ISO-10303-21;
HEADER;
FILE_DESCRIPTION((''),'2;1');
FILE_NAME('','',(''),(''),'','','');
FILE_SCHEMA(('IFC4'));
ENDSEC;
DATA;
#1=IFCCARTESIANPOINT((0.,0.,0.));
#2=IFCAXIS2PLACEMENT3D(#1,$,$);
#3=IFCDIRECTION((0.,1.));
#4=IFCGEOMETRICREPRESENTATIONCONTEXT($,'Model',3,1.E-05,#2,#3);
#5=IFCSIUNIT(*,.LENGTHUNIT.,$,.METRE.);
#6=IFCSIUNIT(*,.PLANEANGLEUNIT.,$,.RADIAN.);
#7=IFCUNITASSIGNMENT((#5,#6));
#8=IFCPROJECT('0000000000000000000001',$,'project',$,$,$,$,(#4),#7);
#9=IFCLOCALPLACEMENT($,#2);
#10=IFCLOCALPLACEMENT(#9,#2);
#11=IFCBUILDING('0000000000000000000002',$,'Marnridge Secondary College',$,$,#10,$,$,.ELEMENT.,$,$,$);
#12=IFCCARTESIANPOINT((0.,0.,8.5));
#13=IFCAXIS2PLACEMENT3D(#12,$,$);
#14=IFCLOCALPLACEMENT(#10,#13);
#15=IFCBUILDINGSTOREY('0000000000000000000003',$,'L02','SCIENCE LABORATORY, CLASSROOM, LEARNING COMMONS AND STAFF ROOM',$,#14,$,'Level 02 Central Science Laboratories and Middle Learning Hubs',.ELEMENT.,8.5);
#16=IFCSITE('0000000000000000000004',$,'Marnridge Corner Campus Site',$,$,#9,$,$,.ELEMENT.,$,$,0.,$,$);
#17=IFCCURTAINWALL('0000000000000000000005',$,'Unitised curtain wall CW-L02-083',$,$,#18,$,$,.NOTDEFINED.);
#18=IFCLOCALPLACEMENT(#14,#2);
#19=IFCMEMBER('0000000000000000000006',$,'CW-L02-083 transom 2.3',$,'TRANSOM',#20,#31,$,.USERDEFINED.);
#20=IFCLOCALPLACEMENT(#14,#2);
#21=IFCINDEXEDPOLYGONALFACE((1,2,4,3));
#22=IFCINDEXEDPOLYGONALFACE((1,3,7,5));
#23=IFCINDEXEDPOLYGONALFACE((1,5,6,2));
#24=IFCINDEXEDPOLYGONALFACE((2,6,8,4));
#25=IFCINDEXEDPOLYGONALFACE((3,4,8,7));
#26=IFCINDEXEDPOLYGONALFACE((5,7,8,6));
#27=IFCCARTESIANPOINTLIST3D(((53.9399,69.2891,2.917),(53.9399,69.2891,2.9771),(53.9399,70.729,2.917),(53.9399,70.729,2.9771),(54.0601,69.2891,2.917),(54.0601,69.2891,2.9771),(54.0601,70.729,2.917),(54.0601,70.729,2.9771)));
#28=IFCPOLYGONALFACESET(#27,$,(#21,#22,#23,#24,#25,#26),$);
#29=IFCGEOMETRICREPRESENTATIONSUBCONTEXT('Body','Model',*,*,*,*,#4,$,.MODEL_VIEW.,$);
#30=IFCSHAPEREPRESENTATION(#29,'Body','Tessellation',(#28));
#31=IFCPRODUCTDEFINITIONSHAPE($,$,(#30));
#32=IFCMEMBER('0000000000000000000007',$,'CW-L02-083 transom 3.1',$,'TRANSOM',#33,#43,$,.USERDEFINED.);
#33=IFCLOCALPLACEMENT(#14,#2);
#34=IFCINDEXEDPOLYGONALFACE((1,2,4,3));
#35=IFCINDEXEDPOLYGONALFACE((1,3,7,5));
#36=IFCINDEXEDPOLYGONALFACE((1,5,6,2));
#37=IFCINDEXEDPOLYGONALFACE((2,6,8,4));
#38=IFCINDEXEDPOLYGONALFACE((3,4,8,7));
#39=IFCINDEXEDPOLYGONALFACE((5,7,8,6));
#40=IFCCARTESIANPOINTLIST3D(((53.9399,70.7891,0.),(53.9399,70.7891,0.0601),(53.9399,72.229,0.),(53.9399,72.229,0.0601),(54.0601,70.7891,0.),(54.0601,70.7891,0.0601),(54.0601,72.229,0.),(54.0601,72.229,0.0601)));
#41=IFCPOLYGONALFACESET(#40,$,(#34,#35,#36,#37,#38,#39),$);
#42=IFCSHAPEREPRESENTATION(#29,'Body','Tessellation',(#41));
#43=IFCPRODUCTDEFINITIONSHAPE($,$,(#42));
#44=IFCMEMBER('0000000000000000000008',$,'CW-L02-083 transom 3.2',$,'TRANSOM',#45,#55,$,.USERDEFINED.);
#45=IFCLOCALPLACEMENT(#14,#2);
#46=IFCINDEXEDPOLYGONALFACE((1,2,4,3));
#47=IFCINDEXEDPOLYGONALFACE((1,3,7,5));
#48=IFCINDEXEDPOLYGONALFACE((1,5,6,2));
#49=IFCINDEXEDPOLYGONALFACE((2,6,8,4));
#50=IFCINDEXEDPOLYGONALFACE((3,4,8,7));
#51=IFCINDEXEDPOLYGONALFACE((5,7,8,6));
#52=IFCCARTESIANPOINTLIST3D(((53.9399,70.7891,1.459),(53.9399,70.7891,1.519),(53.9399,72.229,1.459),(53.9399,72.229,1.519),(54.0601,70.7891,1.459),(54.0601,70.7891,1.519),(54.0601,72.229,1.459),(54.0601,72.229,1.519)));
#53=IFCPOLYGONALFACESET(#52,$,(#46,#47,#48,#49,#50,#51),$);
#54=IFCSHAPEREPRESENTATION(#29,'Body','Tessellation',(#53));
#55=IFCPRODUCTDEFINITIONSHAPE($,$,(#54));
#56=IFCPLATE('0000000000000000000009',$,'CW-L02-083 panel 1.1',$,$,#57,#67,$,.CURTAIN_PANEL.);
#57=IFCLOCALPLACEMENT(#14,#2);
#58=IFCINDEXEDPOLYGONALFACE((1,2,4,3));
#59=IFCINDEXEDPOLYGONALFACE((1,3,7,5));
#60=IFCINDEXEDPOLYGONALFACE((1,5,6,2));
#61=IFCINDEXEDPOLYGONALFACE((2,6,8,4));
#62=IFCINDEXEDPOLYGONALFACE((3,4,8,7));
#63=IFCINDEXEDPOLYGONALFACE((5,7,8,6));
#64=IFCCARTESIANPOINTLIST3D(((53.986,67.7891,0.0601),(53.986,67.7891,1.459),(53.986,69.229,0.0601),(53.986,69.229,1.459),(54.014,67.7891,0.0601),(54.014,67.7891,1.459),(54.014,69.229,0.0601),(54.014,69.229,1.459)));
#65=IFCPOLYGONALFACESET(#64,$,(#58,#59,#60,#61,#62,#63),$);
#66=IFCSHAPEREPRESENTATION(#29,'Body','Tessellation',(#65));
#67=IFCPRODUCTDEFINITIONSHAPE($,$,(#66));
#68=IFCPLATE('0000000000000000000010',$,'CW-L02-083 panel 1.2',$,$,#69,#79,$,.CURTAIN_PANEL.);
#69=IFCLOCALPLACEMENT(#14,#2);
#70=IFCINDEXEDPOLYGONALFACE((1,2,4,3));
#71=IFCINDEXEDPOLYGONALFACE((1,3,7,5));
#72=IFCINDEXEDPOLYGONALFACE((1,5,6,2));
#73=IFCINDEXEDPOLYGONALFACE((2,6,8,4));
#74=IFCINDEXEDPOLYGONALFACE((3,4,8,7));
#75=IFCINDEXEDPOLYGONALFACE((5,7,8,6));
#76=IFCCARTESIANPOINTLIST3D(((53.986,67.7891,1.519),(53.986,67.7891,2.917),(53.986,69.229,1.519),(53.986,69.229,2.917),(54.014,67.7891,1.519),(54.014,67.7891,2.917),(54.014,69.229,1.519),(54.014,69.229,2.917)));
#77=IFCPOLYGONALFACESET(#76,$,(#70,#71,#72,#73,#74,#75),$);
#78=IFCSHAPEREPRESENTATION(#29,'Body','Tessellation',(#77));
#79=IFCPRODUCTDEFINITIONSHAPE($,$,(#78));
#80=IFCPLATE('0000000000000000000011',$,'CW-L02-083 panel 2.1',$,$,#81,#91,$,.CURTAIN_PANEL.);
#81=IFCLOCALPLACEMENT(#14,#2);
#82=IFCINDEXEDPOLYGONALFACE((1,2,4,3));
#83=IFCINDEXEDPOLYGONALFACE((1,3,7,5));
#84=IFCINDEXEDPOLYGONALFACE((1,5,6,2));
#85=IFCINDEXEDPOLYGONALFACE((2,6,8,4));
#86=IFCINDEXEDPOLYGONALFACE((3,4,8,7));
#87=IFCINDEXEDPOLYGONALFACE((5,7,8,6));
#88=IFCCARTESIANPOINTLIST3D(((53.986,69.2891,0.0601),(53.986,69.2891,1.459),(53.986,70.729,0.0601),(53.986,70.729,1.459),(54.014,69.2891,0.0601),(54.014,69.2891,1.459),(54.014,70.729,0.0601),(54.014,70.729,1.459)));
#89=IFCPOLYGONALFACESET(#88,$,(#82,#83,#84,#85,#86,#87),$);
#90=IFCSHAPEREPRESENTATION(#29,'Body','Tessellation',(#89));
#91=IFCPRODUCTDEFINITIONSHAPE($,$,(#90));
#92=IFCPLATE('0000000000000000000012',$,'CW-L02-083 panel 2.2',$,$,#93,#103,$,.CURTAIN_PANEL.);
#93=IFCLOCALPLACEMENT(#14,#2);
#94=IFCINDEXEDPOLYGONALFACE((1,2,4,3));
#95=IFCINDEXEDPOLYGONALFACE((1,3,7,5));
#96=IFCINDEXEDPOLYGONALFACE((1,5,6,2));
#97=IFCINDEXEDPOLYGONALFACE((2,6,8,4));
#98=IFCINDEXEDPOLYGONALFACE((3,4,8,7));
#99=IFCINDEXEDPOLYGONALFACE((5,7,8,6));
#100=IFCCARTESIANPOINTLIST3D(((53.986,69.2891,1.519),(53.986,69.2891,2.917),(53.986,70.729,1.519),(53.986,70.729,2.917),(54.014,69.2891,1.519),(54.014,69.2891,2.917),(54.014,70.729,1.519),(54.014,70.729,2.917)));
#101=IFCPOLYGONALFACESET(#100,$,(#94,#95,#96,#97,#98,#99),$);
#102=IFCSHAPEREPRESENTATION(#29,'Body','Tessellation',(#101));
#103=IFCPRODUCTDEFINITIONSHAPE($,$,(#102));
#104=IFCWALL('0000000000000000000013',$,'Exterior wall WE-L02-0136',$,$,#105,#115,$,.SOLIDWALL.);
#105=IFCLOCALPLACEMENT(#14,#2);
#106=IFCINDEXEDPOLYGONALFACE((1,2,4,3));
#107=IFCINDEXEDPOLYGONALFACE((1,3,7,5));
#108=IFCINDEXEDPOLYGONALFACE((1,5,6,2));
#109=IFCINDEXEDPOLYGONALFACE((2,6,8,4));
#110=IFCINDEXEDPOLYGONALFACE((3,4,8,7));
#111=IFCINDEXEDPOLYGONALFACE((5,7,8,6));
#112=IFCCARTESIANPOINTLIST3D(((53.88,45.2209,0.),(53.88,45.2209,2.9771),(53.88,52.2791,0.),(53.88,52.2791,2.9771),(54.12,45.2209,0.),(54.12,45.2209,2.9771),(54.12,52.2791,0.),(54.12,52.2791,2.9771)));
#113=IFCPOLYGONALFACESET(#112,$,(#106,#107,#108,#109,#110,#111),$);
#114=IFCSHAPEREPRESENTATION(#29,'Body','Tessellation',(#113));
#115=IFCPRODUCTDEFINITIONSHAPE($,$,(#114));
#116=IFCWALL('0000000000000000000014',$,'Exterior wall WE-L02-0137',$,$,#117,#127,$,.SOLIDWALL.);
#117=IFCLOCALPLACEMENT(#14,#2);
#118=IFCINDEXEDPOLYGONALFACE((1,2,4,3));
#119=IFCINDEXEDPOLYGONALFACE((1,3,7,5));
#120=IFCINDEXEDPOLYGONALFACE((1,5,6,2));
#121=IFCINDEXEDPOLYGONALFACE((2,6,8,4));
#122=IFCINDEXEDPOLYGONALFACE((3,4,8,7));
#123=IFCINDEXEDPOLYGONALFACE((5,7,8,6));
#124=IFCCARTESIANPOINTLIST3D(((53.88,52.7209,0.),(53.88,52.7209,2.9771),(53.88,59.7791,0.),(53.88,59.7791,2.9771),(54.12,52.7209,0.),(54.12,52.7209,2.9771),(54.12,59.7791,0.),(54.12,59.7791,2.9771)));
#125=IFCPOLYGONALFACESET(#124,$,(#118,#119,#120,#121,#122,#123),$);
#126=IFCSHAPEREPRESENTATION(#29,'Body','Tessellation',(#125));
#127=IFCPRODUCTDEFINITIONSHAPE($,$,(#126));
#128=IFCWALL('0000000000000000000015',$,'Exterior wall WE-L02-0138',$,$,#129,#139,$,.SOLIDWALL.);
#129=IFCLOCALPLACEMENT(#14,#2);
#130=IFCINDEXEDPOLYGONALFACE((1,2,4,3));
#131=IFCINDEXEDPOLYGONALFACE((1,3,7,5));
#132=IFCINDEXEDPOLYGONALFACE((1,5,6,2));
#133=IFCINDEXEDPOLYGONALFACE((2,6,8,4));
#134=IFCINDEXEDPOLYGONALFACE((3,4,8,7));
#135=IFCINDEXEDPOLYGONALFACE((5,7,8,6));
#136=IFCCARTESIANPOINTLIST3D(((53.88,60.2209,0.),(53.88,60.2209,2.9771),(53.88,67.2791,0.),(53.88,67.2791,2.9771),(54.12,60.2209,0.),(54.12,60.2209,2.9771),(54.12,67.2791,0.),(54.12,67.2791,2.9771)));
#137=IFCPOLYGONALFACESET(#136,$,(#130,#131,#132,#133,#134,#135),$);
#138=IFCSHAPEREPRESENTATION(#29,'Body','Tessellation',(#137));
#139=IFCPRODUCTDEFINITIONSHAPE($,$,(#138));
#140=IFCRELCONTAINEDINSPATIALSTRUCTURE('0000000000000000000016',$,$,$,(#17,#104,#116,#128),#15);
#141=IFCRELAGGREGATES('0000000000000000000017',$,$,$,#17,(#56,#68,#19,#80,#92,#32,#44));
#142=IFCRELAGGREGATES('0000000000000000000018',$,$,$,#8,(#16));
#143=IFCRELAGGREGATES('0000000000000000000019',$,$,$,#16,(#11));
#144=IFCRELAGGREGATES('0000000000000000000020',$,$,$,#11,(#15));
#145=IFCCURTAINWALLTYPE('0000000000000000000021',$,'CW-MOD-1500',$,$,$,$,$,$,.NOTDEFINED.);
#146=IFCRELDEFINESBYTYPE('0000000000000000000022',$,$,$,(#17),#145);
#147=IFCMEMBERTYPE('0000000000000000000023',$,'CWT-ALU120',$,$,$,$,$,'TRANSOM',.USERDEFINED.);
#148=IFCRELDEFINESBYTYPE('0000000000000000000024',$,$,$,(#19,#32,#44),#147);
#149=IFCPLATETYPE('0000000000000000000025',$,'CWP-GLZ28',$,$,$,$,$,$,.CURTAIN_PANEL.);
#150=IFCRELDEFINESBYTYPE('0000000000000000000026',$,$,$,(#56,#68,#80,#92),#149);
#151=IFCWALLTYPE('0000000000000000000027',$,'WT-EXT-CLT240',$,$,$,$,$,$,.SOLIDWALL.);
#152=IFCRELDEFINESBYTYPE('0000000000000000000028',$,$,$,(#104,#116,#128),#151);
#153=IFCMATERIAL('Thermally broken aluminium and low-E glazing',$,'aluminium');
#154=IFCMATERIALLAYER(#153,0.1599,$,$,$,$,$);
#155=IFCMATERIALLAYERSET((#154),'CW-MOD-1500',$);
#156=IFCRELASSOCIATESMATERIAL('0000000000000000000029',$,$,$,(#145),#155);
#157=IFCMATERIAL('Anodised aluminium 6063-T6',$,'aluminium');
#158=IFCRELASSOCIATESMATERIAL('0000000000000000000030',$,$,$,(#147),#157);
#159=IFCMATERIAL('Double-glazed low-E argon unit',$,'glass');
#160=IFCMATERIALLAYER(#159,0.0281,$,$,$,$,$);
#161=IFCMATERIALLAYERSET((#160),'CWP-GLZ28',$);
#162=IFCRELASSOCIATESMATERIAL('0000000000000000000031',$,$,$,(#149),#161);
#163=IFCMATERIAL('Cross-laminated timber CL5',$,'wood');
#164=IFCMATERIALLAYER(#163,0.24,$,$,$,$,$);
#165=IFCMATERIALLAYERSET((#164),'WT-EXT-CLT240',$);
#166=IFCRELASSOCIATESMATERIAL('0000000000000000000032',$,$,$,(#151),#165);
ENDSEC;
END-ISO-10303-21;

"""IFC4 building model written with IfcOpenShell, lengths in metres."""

from ifc_helpers import new_model, si_unit, direction, frame, frame_2d, origin, origin_2d, place, context, subcontext, project, spatial, rectangle, extrude, material, layer, layer_set, material_profile, profile_set, type_object, element, aggregate, save


model = new_model("IFC4")

# Units and contexts
model_context = context("Model", 3, precision=1e-05, world=origin(), true_north=direction((0.0, 1.0)))
body_context = subcontext(model_context, "Body", "Model", "MODEL_VIEW")
ifc_project = project(units=[si_unit("LENGTHUNIT", "METRE"), si_unit("PLANEANGLEUNIT", "RADIAN")], contexts=[model_context])

# Site, building, storey
site_placement = place(None, origin())
site = spatial("IfcSite", under=ifc_project, at=site_placement, Name="Marnridge Corner Campus Site", CompositionType="ELEMENT", RefElevation=0.0)
building_placement = place(site_placement, origin())
building = spatial("IfcBuilding", under=site, at=building_placement, Name="Marnridge Secondary College", CompositionType="ELEMENT")
storey_placement = place(building_placement, frame((0.0, 0.0, 8.5)))
storey = spatial("IfcBuildingStorey", under=building, at=storey_placement, Name="L02", Description="SCIENCE LABORATORY, CLASSROOM, LEARNING COMMONS AND STAFF ROOM", LongName="Level 02 Central Science Laboratories and Middle Learning Hubs", CompositionType="ELEMENT", Elevation=8.5)

# Curtain wall, members, plates
ifc_material_1 = material(Name="Thermally broken aluminium and low-E glazing", Category="aluminium")
ifc_layer_1 = layer(ifc_material_1, 0.1599)
ifc_layer_set_1 = layer_set([ifc_layer_1], Name="CW-MOD-1500")
curtain_wall_type = type_object("IfcCurtainWallType", Name="CW-MOD-1500", PredefinedType="NOTDEFINED", material=ifc_layer_set_1)
curtain_wall_placement = place(storey_placement, origin())
curtain_wall = element("IfcCurtainWall", 1, at=curtain_wall_placement, inside=storey, type_object=curtain_wall_type, Name="Unitised curtain wall CW-L02-083", PredefinedType="NOTDEFINED")
ifc_material_2 = material(Name="Anodised aluminium 6063-T6", Category="aluminium")
ifc_material_profile_1 = material_profile(ifc_material_2, rectangle(XDim=0.0601, YDim=0.1201, at=origin_2d()), Name="ALU 60x120")
ifc_profile_set_1 = profile_set([ifc_material_profile_1], Name="Anodised aluminium 6063-T6")
member_type_1 = type_object("IfcMemberType", Name="CWT-ALU120", ElementType="TRANSOM", PredefinedType="USERDEFINED", material=ifc_profile_set_1)
member_1_placement = place(storey_placement, frame((54.0, 69.2891, 2.947), z_axis=(0.0, 1.0, 0.0), x_axis=(0.0, 0.0, 1.0)))
member_1 = element("IfcMember", 2, at=member_1_placement, type_object=member_type_1, Name="CW-L02-083 transom 2.3", ObjectType="TRANSOM", PredefinedType="USERDEFINED", context=body_context, shape_type="SweptSolid", body=[
    extrude(rectangle(XDim=0.0601, YDim=0.1201, at=origin_2d()), origin(), (0.0, 0.0, 1.0), 1.4399),
])
member_2_placement = place(storey_placement, frame((54.0, 70.7891, 0.03), z_axis=(0.0, 1.0, 0.0), x_axis=(0.0, 0.0, 1.0)))
member_2 = element("IfcMember", 3, at=member_2_placement, type_object=member_type_1, Name="CW-L02-083 transom 3.1", ObjectType="TRANSOM", PredefinedType="USERDEFINED", context=body_context, shape_type="SweptSolid", body=[
    extrude(rectangle(XDim=0.0601, YDim=0.1201, at=origin_2d()), origin(), (0.0, 0.0, 1.0), 1.4399),
])
member_3_placement = place(storey_placement, frame((54.0, 70.7891, 1.489), z_axis=(0.0, 1.0, 0.0), x_axis=(0.0, 0.0, 1.0)))
member_3 = element("IfcMember", 4, at=member_3_placement, type_object=member_type_1, Name="CW-L02-083 transom 3.2", ObjectType="TRANSOM", PredefinedType="USERDEFINED", context=body_context, shape_type="SweptSolid", body=[
    extrude(rectangle(XDim=0.0601, YDim=0.1201, at=origin_2d()), origin(), (0.0, 0.0, 1.0), 1.4399),
])
ifc_material_3 = material(Name="Double-glazed low-E argon unit", Category="glass")
ifc_layer_2 = layer(ifc_material_3, 0.0281)
ifc_layer_set_2 = layer_set([ifc_layer_2], Name="CWP-GLZ28")
plate_type = type_object("IfcPlateType", Name="CWP-GLZ28", PredefinedType="CURTAIN_PANEL", material=ifc_layer_set_2)
plate_1_placement = place(storey_placement, frame((54.0, 68.509, 0.0601), z_axis=(0.0, 0.0, 1.0), x_axis=(0.0, 1.0, 0.0)))
plate_1 = element("IfcPlate", 5, at=plate_1_placement, type_object=plate_type, Name="CW-L02-083 panel 1.1", PredefinedType="CURTAIN_PANEL", context=body_context, shape_type="SweptSolid", body=[
    extrude(rectangle(XDim=1.4399, YDim=0.0281, at=origin_2d()), origin(), (0.0, 0.0, 1.0), 1.3989),
])
plate_2_placement = place(storey_placement, frame((54.0, 68.509, 1.519), z_axis=(0.0, 0.0, 1.0), x_axis=(0.0, 1.0, 0.0)))
plate_2 = element("IfcPlate", 6, at=plate_2_placement, type_object=plate_type, Name="CW-L02-083 panel 1.2", PredefinedType="CURTAIN_PANEL", context=body_context, shape_type="SweptSolid", body=[
    extrude(rectangle(XDim=1.4399, YDim=0.0281, at=origin_2d()), origin(), (0.0, 0.0, 1.0), 1.3979),
])
plate_3_placement = place(storey_placement, frame((54.0, 70.009, 0.0601), z_axis=(0.0, 0.0, 1.0), x_axis=(0.0, 1.0, 0.0)))
plate_3 = element("IfcPlate", 7, at=plate_3_placement, type_object=plate_type, Name="CW-L02-083 panel 2.1", PredefinedType="CURTAIN_PANEL", context=body_context, shape_type="SweptSolid", body=[
    extrude(rectangle(XDim=1.4399, YDim=0.0281, at=origin_2d()), origin(), (0.0, 0.0, 1.0), 1.3989),
])
plate_4_placement = place(storey_placement, frame((54.0, 70.009, 1.519), z_axis=(0.0, 0.0, 1.0), x_axis=(0.0, 1.0, 0.0)))
plate_4 = element("IfcPlate", 8, at=plate_4_placement, type_object=plate_type, Name="CW-L02-083 panel 2.2", PredefinedType="CURTAIN_PANEL", context=body_context, shape_type="SweptSolid", body=[
    extrude(rectangle(XDim=1.4399, YDim=0.0281, at=origin_2d()), origin(), (0.0, 0.0, 1.0), 1.3979),
])
aggregate(curtain_wall, [plate_1, plate_2, member_1, plate_3, plate_4, member_2, member_3])

# Walls
ifc_material_4 = material(Name="Cross-laminated timber CL5", Category="wood")
ifc_layer_3 = layer(ifc_material_4, 0.24)
ifc_layer_set_3 = layer_set([ifc_layer_3], Name="WT-EXT-CLT240")
wall_type = type_object("IfcWallType", Name="WT-EXT-CLT240", PredefinedType="SOLIDWALL", material=ifc_layer_set_3)
for number, where, z_axis, x_axis, name in (
    (9, (54.0, 45.2209, 0.0), (0.0, 0.0, 1.0), (0.0, 1.0, 0.0), "Exterior wall WE-L02-0136"),
    (10, (54.0, 52.7209, 0.0), (0.0, 0.0, 1.0), (0.0, 1.0, 0.0), "Exterior wall WE-L02-0137"),
    (11, (54.0, 60.2209, 0.0), (0.0, 0.0, 1.0), (0.0, 1.0, 0.0), "Exterior wall WE-L02-0138"),
):
    element("IfcWall", number, at=place(storey_placement, frame(where, z_axis=z_axis, x_axis=x_axis)), inside=storey, type_object=wall_type, Name=name, PredefinedType="SOLIDWALL", context=body_context, shape_type="SweptSolid", body=[
        extrude(rectangle(XDim=7.0581, YDim=0.24, at=frame_2d((3.5291, 0.0))), origin(), (0.0, 0.0, 1.0), 2.9771),
    ])

save(model, "model.ifc")
